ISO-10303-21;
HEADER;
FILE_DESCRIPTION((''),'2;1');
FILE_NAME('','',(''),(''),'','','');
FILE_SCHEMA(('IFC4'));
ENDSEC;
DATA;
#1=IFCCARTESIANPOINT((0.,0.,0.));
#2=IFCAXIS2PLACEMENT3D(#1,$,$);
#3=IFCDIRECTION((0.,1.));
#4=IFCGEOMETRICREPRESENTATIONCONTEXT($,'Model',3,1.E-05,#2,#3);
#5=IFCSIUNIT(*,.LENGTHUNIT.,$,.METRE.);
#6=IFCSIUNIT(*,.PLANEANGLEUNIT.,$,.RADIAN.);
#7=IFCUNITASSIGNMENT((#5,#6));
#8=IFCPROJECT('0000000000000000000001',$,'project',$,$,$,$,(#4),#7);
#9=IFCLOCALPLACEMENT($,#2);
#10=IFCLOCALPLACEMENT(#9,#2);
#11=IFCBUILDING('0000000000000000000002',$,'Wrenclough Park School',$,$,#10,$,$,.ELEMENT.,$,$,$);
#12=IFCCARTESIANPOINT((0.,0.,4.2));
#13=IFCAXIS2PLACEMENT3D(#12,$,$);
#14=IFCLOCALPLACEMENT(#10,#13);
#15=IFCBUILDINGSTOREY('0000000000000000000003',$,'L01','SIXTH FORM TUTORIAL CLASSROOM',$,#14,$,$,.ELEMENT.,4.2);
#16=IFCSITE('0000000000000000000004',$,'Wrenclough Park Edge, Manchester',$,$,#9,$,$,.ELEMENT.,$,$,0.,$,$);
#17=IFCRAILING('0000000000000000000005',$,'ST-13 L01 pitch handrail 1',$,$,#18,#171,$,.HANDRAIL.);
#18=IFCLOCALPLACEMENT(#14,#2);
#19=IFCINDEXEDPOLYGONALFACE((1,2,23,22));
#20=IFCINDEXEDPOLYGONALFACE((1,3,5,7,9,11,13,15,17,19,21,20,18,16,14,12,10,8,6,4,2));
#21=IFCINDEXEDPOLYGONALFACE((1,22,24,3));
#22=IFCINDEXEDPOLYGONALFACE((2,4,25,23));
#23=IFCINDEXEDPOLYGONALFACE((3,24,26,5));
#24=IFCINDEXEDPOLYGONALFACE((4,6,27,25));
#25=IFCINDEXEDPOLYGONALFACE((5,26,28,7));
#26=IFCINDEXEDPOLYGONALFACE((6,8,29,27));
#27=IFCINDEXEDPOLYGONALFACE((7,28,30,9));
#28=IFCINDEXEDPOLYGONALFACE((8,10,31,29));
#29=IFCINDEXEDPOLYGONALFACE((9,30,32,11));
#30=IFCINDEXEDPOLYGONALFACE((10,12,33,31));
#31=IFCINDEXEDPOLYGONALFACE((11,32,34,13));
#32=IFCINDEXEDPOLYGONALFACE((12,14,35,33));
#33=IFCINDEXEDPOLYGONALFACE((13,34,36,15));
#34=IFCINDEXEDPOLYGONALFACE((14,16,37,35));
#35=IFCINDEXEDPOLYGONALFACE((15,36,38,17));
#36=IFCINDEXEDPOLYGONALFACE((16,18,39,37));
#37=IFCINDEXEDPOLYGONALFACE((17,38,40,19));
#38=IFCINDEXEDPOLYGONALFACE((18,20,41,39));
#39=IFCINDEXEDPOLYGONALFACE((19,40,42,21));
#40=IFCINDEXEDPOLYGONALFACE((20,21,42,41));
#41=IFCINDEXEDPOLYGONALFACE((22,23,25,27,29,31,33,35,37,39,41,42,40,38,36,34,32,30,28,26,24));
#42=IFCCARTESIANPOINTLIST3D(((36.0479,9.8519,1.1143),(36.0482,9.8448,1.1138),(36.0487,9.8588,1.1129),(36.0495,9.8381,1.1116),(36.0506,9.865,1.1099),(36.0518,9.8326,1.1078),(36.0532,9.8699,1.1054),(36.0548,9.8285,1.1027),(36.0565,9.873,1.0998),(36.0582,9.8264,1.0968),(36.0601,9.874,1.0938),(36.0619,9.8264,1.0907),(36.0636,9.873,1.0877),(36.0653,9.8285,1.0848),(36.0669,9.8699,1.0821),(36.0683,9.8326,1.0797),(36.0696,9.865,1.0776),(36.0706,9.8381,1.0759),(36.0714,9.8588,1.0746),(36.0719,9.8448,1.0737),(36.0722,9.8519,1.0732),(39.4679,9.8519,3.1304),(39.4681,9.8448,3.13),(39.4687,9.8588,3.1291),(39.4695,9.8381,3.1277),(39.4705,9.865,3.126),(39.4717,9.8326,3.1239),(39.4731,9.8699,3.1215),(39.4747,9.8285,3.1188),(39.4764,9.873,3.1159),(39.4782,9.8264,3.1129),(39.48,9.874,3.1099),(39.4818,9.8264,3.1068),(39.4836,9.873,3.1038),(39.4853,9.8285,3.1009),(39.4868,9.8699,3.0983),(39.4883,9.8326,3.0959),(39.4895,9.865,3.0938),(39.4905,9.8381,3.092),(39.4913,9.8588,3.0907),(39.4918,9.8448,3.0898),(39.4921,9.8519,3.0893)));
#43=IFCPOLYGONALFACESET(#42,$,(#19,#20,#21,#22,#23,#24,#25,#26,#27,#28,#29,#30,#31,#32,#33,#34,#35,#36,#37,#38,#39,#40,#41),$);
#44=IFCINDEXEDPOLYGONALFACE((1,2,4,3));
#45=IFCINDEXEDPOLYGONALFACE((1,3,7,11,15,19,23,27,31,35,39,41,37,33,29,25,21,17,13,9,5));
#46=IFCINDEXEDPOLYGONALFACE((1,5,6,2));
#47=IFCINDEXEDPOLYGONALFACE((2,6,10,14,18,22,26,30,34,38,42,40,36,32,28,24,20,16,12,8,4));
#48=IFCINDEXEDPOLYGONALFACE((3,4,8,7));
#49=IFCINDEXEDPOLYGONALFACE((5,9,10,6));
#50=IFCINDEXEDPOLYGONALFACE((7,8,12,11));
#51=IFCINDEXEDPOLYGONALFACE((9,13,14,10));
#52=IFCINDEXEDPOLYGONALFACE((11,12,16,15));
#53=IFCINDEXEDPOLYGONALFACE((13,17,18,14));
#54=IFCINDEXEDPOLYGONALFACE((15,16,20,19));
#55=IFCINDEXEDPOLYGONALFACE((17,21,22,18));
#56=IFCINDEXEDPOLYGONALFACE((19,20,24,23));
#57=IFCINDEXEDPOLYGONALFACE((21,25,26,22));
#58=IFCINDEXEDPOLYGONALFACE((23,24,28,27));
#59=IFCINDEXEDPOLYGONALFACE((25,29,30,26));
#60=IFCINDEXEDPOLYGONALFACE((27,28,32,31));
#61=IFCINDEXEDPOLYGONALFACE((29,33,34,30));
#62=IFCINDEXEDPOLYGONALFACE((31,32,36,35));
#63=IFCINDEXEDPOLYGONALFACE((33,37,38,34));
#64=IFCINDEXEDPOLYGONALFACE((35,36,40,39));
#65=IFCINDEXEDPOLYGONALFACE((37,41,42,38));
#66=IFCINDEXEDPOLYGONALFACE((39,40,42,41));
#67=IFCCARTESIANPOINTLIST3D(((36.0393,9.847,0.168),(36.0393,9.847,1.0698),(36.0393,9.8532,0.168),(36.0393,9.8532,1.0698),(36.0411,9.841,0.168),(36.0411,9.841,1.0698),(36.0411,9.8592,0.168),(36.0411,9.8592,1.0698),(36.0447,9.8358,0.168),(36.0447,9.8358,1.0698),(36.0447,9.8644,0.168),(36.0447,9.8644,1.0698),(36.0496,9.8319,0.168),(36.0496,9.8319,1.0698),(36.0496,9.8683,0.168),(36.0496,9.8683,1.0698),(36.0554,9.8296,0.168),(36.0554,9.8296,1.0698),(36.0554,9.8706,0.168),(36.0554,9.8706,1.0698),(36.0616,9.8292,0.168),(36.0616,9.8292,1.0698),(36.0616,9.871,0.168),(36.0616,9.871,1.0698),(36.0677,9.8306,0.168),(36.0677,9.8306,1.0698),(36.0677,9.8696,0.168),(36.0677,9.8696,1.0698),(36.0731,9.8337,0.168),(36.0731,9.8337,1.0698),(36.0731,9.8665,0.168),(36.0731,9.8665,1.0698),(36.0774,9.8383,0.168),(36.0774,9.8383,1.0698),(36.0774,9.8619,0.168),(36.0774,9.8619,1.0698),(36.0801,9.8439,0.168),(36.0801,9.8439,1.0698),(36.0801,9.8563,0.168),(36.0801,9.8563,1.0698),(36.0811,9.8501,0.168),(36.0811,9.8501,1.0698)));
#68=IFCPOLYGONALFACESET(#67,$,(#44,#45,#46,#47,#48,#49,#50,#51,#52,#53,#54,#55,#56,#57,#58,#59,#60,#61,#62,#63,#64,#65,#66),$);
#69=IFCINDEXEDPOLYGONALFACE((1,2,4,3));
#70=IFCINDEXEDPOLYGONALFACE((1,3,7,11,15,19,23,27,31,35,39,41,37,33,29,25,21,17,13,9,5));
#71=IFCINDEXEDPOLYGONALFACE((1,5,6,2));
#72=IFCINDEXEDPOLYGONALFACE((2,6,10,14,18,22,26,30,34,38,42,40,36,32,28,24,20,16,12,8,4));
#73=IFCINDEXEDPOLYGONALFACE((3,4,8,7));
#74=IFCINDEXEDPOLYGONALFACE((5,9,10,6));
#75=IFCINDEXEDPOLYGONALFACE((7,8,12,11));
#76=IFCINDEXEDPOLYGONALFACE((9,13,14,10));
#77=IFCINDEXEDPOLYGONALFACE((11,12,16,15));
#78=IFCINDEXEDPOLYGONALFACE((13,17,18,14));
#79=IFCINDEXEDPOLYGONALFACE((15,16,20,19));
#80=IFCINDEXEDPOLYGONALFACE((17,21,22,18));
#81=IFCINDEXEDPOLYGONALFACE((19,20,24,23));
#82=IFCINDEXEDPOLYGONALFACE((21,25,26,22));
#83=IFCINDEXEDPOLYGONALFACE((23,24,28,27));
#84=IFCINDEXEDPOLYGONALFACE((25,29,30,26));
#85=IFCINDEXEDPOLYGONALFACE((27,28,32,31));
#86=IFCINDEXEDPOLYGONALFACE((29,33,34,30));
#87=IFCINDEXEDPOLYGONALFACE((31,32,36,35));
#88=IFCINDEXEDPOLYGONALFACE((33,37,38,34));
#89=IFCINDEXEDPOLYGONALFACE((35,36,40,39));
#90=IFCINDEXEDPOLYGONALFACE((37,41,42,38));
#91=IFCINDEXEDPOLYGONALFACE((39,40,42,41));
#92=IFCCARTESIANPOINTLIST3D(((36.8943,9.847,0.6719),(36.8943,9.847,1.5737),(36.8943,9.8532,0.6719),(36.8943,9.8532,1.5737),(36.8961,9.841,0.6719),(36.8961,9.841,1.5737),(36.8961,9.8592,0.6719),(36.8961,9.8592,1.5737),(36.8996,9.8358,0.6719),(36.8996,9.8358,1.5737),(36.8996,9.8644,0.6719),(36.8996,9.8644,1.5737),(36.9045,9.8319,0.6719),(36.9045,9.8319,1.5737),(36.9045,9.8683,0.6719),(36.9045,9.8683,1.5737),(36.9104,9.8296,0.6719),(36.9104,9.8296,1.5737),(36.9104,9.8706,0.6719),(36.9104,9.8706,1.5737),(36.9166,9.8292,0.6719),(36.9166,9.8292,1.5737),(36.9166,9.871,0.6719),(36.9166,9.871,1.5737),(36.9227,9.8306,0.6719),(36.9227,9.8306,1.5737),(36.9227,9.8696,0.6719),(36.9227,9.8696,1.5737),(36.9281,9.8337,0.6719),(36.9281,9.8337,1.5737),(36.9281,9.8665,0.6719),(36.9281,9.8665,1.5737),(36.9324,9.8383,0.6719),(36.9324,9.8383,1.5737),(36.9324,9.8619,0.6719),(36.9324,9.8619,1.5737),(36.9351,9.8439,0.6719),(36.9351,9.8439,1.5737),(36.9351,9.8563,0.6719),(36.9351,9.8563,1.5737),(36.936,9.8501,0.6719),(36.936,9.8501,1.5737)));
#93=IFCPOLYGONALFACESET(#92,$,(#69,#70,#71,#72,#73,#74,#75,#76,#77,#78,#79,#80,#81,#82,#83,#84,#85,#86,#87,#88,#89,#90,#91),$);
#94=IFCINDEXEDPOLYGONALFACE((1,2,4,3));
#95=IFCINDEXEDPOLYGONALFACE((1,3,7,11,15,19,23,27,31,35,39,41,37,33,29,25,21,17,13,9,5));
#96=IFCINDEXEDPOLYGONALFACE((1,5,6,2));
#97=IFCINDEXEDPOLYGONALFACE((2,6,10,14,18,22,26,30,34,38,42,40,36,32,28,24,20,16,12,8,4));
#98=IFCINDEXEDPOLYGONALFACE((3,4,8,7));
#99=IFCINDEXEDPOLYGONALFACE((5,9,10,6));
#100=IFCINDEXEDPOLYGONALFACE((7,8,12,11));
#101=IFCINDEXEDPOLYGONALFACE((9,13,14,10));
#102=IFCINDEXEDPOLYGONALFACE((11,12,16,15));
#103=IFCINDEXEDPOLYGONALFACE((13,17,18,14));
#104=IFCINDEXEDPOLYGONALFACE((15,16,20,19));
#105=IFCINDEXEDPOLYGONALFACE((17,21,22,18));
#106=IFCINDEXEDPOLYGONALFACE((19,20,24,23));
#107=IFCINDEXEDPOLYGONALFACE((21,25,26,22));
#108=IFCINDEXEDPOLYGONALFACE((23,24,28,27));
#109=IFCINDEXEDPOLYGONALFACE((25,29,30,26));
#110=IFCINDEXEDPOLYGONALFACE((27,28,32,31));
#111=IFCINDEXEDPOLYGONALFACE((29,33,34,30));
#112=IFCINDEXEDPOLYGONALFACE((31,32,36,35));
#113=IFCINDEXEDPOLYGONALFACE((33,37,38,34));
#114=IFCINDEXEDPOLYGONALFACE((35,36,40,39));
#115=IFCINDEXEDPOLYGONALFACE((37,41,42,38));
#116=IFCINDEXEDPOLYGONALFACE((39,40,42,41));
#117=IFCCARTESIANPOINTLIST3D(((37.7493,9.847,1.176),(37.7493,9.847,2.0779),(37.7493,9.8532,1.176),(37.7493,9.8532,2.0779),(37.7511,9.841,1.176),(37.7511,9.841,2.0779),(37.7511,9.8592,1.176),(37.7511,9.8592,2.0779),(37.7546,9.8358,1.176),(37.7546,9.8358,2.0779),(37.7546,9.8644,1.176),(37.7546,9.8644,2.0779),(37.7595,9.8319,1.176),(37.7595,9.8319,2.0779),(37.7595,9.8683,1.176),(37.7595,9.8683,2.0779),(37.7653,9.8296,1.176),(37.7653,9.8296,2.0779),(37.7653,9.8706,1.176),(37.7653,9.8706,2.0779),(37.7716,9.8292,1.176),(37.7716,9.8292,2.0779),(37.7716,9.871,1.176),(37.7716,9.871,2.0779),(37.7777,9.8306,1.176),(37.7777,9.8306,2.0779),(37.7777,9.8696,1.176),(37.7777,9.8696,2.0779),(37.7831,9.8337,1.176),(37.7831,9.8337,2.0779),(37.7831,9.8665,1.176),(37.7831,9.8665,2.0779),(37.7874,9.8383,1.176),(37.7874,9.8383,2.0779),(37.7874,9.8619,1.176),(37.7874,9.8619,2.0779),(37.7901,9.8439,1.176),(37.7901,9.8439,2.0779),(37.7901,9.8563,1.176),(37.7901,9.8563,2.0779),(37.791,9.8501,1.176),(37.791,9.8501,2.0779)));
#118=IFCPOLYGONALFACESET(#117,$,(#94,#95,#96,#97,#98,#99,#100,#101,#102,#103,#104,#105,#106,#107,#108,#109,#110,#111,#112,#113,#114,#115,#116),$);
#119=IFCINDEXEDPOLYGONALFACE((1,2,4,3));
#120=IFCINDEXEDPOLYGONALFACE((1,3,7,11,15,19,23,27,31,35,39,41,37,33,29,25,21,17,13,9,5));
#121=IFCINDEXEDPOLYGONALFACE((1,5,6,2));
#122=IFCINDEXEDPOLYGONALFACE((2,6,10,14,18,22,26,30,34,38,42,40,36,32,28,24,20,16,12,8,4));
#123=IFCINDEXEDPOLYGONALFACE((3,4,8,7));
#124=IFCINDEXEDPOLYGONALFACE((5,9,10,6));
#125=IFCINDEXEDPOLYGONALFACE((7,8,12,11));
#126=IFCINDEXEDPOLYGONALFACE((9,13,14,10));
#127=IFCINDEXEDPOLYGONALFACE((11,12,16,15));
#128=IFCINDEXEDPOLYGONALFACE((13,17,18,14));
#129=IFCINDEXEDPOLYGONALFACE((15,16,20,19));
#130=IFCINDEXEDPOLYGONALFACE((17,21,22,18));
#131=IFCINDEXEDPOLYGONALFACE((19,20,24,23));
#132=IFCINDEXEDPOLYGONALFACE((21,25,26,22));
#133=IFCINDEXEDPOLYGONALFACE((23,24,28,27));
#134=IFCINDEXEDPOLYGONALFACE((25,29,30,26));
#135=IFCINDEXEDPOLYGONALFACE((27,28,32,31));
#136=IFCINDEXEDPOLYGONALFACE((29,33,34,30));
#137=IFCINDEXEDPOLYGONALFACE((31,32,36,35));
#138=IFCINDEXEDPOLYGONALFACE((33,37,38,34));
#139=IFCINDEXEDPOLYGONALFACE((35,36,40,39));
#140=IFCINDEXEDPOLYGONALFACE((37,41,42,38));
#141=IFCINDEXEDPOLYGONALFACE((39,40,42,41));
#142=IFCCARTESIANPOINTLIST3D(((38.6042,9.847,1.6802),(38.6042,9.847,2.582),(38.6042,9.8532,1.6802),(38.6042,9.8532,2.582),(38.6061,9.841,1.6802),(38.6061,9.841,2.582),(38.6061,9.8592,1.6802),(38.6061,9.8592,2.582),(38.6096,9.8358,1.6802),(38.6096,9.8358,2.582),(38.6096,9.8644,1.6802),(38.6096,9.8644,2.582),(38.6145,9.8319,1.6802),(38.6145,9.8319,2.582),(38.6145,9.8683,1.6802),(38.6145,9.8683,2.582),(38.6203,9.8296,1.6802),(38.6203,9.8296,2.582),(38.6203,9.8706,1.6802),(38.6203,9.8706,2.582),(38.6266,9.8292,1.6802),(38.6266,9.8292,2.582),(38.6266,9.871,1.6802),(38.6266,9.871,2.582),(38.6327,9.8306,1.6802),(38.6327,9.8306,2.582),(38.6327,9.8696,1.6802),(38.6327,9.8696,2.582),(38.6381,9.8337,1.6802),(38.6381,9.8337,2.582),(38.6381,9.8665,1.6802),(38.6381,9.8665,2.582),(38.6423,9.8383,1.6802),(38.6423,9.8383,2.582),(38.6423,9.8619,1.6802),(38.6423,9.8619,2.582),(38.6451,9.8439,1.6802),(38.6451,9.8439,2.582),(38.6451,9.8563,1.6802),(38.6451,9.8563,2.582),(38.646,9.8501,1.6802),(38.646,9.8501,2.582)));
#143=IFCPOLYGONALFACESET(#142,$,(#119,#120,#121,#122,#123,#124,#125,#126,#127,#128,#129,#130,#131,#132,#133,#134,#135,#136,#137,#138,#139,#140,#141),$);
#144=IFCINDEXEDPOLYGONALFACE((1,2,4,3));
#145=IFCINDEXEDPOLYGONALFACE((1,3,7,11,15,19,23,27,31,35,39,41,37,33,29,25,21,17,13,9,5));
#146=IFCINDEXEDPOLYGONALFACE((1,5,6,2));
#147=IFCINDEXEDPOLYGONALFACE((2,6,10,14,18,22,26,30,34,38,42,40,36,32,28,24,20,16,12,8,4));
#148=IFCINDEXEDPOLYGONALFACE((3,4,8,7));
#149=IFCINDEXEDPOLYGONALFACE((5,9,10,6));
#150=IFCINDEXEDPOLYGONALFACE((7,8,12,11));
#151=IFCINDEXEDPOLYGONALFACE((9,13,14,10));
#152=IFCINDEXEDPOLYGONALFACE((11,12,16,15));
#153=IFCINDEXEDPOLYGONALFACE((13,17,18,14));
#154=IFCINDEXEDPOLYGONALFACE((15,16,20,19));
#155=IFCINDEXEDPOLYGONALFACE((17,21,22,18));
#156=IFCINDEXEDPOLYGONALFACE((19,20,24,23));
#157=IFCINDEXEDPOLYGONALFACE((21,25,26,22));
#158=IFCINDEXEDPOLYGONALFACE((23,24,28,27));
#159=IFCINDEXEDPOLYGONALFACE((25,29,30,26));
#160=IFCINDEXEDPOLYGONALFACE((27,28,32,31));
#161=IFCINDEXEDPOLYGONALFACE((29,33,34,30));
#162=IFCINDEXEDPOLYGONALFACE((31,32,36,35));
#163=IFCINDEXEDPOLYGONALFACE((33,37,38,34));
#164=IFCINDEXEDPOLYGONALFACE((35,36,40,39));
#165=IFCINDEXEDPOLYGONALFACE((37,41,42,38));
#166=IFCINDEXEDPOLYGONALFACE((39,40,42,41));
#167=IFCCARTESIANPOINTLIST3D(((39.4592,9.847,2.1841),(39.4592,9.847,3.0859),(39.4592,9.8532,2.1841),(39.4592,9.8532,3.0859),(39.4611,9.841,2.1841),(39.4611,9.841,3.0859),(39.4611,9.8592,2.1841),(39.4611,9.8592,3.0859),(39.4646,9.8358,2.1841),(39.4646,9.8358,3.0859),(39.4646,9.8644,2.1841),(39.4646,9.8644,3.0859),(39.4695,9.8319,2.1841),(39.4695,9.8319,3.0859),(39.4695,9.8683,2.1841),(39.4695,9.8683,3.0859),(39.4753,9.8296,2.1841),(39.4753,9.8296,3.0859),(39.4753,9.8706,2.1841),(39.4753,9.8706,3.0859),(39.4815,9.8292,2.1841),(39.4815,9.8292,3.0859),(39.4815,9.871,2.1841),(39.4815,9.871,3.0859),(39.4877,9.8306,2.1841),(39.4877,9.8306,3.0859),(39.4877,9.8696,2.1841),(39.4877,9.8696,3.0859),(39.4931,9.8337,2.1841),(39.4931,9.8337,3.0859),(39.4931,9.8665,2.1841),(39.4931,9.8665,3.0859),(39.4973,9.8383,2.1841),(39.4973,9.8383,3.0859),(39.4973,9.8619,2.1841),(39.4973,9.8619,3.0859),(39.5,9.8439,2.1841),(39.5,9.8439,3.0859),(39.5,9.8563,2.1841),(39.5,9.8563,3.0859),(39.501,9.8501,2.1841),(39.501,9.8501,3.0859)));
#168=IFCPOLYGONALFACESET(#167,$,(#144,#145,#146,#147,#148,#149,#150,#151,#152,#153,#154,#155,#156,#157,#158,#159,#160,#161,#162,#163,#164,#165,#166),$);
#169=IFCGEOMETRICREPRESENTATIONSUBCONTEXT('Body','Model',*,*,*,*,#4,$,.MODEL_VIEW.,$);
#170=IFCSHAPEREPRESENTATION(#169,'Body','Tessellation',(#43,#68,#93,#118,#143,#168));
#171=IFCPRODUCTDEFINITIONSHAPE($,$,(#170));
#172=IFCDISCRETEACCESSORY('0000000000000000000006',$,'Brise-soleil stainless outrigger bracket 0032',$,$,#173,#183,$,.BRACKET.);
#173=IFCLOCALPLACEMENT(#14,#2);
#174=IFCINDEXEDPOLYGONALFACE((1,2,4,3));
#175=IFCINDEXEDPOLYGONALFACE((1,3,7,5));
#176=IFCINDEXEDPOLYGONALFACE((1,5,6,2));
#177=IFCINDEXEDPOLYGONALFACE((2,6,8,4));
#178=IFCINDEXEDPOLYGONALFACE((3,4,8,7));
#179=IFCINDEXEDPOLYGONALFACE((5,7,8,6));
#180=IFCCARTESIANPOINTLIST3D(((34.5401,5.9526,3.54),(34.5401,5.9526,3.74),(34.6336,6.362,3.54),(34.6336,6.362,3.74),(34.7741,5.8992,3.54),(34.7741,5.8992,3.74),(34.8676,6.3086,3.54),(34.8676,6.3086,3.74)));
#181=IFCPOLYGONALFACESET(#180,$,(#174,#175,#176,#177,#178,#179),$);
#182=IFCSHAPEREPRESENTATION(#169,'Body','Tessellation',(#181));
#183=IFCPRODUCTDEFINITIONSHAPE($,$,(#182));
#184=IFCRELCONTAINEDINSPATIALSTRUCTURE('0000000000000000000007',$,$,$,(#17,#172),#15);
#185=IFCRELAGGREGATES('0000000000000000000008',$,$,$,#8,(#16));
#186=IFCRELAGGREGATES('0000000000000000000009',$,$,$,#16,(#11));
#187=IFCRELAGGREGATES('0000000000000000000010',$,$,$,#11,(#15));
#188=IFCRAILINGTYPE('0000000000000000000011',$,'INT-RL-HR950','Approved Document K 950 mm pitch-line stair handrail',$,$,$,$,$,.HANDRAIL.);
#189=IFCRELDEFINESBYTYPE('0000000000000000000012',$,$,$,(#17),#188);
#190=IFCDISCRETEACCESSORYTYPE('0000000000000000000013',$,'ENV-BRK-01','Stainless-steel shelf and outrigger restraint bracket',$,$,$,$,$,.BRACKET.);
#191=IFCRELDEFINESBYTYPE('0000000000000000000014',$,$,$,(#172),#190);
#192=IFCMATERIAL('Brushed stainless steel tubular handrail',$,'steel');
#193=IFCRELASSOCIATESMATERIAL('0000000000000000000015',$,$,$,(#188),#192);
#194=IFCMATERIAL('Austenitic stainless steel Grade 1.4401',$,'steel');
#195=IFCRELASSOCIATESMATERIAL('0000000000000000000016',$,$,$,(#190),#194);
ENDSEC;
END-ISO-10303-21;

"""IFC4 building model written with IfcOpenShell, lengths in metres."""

from ifc_helpers import new_model, si_unit, direction, frame, origin, origin_2d, place, context, subcontext, project, spatial, rectangle, circle, extrude, material, type_object, element, save


model = new_model("IFC4")

# Units and contexts
model_context = context("Model", 3, precision=1e-05, world=origin(), true_north=direction((0.0, 1.0)))
body_context = subcontext(model_context, "Body", "Model", "MODEL_VIEW")
ifc_project = project(units=[si_unit("LENGTHUNIT", "METRE"), si_unit("PLANEANGLEUNIT", "RADIAN")], contexts=[model_context])

# Site, building, storey
site_placement = place(None, origin())
site = spatial("IfcSite", under=ifc_project, at=site_placement, Name="Wrenclough Park Edge, Manchester", CompositionType="ELEMENT", RefElevation=0.0)
building_placement = place(site_placement, origin())
building = spatial("IfcBuilding", under=site, at=building_placement, Name="Wrenclough Park School", CompositionType="ELEMENT")
storey_placement = place(building_placement, frame((0.0, 0.0, 4.2)))
storey = spatial("IfcBuildingStorey", under=building, at=storey_placement, Name="L01", Description="SIXTH FORM TUTORIAL CLASSROOM", CompositionType="ELEMENT", Elevation=4.2)

# Railing
ifc_material_1 = material(Name="Brushed stainless steel tubular handrail", Category="steel")
railing_type_1 = type_object("IfcRailingType", Name="INT-RL-HR950", Description="Approved Document K 950 mm pitch-line stair handrail", PredefinedType="HANDRAIL", material=ifc_material_1)
railing_1_placement = place(storey_placement, frame((36.0601, 9.8501, 0.168)))
element("IfcRailing", 1, at=railing_1_placement, inside=storey, type_object=railing_type_1, Name="ST-13 L01 pitch handrail 1", PredefinedType="HANDRAIL", context=body_context, shape_type="SweptSolid", body=[
    extrude(circle(Radius=0.0239, at=origin_2d()), frame((0.0, 0.0, 0.9258), z_axis=(0.86145, 0.0, 0.507842), x_axis=(0.0, 1.0, 0.0)), (0.0, 0.0, 1.0), 3.97),
    extrude(circle(Radius=0.021, at=origin_2d()), origin(), (0.0, 0.0, 1.0), 0.9019),
    extrude(circle(Radius=0.021, at=origin_2d()), frame((0.855, 0.0, 0.5039)), (0.0, 0.0, 1.0), 0.9019),
    extrude(circle(Radius=0.021, at=origin_2d()), frame((1.71, 0.0, 1.0081)), (0.0, 0.0, 1.0), 0.9019),
    extrude(circle(Radius=0.021, at=origin_2d()), frame((2.5649, 0.0, 1.5122)), (0.0, 0.0, 1.0), 0.9019),
    extrude(circle(Radius=0.021, at=origin_2d()), frame((3.4199, 0.0, 2.0161)), (0.0, 0.0, 1.0), 0.9019),
])

# Discrete accessory
ifc_material_2 = material(Name="Austenitic stainless steel Grade 1.4401", Category="steel")
discrete_accessory_type = type_object("IfcDiscreteAccessoryType", Name="ENV-BRK-01", Description="Stainless-steel shelf and outrigger restraint bracket", PredefinedType="BRACKET", material=ifc_material_2)
discrete_accessory_placement = place(storey_placement, frame((34.7039, 6.1306, 3.54), z_axis=(0.0, 0.0, 1.0), x_axis=(0.974925, -0.222535, 0.0)))
element("IfcDiscreteAccessory", 2, at=discrete_accessory_placement, inside=storey, type_object=discrete_accessory_type, Name="Brise-soleil stainless outrigger bracket 0032", PredefinedType="BRACKET", context=body_context, shape_type="SweptSolid", body=[
    extrude(rectangle(XDim=0.24, YDim=0.4199, at=origin_2d()), origin(), (0.0, 0.0, 1.0), 0.2),
])

save(model, "model.ifc")
